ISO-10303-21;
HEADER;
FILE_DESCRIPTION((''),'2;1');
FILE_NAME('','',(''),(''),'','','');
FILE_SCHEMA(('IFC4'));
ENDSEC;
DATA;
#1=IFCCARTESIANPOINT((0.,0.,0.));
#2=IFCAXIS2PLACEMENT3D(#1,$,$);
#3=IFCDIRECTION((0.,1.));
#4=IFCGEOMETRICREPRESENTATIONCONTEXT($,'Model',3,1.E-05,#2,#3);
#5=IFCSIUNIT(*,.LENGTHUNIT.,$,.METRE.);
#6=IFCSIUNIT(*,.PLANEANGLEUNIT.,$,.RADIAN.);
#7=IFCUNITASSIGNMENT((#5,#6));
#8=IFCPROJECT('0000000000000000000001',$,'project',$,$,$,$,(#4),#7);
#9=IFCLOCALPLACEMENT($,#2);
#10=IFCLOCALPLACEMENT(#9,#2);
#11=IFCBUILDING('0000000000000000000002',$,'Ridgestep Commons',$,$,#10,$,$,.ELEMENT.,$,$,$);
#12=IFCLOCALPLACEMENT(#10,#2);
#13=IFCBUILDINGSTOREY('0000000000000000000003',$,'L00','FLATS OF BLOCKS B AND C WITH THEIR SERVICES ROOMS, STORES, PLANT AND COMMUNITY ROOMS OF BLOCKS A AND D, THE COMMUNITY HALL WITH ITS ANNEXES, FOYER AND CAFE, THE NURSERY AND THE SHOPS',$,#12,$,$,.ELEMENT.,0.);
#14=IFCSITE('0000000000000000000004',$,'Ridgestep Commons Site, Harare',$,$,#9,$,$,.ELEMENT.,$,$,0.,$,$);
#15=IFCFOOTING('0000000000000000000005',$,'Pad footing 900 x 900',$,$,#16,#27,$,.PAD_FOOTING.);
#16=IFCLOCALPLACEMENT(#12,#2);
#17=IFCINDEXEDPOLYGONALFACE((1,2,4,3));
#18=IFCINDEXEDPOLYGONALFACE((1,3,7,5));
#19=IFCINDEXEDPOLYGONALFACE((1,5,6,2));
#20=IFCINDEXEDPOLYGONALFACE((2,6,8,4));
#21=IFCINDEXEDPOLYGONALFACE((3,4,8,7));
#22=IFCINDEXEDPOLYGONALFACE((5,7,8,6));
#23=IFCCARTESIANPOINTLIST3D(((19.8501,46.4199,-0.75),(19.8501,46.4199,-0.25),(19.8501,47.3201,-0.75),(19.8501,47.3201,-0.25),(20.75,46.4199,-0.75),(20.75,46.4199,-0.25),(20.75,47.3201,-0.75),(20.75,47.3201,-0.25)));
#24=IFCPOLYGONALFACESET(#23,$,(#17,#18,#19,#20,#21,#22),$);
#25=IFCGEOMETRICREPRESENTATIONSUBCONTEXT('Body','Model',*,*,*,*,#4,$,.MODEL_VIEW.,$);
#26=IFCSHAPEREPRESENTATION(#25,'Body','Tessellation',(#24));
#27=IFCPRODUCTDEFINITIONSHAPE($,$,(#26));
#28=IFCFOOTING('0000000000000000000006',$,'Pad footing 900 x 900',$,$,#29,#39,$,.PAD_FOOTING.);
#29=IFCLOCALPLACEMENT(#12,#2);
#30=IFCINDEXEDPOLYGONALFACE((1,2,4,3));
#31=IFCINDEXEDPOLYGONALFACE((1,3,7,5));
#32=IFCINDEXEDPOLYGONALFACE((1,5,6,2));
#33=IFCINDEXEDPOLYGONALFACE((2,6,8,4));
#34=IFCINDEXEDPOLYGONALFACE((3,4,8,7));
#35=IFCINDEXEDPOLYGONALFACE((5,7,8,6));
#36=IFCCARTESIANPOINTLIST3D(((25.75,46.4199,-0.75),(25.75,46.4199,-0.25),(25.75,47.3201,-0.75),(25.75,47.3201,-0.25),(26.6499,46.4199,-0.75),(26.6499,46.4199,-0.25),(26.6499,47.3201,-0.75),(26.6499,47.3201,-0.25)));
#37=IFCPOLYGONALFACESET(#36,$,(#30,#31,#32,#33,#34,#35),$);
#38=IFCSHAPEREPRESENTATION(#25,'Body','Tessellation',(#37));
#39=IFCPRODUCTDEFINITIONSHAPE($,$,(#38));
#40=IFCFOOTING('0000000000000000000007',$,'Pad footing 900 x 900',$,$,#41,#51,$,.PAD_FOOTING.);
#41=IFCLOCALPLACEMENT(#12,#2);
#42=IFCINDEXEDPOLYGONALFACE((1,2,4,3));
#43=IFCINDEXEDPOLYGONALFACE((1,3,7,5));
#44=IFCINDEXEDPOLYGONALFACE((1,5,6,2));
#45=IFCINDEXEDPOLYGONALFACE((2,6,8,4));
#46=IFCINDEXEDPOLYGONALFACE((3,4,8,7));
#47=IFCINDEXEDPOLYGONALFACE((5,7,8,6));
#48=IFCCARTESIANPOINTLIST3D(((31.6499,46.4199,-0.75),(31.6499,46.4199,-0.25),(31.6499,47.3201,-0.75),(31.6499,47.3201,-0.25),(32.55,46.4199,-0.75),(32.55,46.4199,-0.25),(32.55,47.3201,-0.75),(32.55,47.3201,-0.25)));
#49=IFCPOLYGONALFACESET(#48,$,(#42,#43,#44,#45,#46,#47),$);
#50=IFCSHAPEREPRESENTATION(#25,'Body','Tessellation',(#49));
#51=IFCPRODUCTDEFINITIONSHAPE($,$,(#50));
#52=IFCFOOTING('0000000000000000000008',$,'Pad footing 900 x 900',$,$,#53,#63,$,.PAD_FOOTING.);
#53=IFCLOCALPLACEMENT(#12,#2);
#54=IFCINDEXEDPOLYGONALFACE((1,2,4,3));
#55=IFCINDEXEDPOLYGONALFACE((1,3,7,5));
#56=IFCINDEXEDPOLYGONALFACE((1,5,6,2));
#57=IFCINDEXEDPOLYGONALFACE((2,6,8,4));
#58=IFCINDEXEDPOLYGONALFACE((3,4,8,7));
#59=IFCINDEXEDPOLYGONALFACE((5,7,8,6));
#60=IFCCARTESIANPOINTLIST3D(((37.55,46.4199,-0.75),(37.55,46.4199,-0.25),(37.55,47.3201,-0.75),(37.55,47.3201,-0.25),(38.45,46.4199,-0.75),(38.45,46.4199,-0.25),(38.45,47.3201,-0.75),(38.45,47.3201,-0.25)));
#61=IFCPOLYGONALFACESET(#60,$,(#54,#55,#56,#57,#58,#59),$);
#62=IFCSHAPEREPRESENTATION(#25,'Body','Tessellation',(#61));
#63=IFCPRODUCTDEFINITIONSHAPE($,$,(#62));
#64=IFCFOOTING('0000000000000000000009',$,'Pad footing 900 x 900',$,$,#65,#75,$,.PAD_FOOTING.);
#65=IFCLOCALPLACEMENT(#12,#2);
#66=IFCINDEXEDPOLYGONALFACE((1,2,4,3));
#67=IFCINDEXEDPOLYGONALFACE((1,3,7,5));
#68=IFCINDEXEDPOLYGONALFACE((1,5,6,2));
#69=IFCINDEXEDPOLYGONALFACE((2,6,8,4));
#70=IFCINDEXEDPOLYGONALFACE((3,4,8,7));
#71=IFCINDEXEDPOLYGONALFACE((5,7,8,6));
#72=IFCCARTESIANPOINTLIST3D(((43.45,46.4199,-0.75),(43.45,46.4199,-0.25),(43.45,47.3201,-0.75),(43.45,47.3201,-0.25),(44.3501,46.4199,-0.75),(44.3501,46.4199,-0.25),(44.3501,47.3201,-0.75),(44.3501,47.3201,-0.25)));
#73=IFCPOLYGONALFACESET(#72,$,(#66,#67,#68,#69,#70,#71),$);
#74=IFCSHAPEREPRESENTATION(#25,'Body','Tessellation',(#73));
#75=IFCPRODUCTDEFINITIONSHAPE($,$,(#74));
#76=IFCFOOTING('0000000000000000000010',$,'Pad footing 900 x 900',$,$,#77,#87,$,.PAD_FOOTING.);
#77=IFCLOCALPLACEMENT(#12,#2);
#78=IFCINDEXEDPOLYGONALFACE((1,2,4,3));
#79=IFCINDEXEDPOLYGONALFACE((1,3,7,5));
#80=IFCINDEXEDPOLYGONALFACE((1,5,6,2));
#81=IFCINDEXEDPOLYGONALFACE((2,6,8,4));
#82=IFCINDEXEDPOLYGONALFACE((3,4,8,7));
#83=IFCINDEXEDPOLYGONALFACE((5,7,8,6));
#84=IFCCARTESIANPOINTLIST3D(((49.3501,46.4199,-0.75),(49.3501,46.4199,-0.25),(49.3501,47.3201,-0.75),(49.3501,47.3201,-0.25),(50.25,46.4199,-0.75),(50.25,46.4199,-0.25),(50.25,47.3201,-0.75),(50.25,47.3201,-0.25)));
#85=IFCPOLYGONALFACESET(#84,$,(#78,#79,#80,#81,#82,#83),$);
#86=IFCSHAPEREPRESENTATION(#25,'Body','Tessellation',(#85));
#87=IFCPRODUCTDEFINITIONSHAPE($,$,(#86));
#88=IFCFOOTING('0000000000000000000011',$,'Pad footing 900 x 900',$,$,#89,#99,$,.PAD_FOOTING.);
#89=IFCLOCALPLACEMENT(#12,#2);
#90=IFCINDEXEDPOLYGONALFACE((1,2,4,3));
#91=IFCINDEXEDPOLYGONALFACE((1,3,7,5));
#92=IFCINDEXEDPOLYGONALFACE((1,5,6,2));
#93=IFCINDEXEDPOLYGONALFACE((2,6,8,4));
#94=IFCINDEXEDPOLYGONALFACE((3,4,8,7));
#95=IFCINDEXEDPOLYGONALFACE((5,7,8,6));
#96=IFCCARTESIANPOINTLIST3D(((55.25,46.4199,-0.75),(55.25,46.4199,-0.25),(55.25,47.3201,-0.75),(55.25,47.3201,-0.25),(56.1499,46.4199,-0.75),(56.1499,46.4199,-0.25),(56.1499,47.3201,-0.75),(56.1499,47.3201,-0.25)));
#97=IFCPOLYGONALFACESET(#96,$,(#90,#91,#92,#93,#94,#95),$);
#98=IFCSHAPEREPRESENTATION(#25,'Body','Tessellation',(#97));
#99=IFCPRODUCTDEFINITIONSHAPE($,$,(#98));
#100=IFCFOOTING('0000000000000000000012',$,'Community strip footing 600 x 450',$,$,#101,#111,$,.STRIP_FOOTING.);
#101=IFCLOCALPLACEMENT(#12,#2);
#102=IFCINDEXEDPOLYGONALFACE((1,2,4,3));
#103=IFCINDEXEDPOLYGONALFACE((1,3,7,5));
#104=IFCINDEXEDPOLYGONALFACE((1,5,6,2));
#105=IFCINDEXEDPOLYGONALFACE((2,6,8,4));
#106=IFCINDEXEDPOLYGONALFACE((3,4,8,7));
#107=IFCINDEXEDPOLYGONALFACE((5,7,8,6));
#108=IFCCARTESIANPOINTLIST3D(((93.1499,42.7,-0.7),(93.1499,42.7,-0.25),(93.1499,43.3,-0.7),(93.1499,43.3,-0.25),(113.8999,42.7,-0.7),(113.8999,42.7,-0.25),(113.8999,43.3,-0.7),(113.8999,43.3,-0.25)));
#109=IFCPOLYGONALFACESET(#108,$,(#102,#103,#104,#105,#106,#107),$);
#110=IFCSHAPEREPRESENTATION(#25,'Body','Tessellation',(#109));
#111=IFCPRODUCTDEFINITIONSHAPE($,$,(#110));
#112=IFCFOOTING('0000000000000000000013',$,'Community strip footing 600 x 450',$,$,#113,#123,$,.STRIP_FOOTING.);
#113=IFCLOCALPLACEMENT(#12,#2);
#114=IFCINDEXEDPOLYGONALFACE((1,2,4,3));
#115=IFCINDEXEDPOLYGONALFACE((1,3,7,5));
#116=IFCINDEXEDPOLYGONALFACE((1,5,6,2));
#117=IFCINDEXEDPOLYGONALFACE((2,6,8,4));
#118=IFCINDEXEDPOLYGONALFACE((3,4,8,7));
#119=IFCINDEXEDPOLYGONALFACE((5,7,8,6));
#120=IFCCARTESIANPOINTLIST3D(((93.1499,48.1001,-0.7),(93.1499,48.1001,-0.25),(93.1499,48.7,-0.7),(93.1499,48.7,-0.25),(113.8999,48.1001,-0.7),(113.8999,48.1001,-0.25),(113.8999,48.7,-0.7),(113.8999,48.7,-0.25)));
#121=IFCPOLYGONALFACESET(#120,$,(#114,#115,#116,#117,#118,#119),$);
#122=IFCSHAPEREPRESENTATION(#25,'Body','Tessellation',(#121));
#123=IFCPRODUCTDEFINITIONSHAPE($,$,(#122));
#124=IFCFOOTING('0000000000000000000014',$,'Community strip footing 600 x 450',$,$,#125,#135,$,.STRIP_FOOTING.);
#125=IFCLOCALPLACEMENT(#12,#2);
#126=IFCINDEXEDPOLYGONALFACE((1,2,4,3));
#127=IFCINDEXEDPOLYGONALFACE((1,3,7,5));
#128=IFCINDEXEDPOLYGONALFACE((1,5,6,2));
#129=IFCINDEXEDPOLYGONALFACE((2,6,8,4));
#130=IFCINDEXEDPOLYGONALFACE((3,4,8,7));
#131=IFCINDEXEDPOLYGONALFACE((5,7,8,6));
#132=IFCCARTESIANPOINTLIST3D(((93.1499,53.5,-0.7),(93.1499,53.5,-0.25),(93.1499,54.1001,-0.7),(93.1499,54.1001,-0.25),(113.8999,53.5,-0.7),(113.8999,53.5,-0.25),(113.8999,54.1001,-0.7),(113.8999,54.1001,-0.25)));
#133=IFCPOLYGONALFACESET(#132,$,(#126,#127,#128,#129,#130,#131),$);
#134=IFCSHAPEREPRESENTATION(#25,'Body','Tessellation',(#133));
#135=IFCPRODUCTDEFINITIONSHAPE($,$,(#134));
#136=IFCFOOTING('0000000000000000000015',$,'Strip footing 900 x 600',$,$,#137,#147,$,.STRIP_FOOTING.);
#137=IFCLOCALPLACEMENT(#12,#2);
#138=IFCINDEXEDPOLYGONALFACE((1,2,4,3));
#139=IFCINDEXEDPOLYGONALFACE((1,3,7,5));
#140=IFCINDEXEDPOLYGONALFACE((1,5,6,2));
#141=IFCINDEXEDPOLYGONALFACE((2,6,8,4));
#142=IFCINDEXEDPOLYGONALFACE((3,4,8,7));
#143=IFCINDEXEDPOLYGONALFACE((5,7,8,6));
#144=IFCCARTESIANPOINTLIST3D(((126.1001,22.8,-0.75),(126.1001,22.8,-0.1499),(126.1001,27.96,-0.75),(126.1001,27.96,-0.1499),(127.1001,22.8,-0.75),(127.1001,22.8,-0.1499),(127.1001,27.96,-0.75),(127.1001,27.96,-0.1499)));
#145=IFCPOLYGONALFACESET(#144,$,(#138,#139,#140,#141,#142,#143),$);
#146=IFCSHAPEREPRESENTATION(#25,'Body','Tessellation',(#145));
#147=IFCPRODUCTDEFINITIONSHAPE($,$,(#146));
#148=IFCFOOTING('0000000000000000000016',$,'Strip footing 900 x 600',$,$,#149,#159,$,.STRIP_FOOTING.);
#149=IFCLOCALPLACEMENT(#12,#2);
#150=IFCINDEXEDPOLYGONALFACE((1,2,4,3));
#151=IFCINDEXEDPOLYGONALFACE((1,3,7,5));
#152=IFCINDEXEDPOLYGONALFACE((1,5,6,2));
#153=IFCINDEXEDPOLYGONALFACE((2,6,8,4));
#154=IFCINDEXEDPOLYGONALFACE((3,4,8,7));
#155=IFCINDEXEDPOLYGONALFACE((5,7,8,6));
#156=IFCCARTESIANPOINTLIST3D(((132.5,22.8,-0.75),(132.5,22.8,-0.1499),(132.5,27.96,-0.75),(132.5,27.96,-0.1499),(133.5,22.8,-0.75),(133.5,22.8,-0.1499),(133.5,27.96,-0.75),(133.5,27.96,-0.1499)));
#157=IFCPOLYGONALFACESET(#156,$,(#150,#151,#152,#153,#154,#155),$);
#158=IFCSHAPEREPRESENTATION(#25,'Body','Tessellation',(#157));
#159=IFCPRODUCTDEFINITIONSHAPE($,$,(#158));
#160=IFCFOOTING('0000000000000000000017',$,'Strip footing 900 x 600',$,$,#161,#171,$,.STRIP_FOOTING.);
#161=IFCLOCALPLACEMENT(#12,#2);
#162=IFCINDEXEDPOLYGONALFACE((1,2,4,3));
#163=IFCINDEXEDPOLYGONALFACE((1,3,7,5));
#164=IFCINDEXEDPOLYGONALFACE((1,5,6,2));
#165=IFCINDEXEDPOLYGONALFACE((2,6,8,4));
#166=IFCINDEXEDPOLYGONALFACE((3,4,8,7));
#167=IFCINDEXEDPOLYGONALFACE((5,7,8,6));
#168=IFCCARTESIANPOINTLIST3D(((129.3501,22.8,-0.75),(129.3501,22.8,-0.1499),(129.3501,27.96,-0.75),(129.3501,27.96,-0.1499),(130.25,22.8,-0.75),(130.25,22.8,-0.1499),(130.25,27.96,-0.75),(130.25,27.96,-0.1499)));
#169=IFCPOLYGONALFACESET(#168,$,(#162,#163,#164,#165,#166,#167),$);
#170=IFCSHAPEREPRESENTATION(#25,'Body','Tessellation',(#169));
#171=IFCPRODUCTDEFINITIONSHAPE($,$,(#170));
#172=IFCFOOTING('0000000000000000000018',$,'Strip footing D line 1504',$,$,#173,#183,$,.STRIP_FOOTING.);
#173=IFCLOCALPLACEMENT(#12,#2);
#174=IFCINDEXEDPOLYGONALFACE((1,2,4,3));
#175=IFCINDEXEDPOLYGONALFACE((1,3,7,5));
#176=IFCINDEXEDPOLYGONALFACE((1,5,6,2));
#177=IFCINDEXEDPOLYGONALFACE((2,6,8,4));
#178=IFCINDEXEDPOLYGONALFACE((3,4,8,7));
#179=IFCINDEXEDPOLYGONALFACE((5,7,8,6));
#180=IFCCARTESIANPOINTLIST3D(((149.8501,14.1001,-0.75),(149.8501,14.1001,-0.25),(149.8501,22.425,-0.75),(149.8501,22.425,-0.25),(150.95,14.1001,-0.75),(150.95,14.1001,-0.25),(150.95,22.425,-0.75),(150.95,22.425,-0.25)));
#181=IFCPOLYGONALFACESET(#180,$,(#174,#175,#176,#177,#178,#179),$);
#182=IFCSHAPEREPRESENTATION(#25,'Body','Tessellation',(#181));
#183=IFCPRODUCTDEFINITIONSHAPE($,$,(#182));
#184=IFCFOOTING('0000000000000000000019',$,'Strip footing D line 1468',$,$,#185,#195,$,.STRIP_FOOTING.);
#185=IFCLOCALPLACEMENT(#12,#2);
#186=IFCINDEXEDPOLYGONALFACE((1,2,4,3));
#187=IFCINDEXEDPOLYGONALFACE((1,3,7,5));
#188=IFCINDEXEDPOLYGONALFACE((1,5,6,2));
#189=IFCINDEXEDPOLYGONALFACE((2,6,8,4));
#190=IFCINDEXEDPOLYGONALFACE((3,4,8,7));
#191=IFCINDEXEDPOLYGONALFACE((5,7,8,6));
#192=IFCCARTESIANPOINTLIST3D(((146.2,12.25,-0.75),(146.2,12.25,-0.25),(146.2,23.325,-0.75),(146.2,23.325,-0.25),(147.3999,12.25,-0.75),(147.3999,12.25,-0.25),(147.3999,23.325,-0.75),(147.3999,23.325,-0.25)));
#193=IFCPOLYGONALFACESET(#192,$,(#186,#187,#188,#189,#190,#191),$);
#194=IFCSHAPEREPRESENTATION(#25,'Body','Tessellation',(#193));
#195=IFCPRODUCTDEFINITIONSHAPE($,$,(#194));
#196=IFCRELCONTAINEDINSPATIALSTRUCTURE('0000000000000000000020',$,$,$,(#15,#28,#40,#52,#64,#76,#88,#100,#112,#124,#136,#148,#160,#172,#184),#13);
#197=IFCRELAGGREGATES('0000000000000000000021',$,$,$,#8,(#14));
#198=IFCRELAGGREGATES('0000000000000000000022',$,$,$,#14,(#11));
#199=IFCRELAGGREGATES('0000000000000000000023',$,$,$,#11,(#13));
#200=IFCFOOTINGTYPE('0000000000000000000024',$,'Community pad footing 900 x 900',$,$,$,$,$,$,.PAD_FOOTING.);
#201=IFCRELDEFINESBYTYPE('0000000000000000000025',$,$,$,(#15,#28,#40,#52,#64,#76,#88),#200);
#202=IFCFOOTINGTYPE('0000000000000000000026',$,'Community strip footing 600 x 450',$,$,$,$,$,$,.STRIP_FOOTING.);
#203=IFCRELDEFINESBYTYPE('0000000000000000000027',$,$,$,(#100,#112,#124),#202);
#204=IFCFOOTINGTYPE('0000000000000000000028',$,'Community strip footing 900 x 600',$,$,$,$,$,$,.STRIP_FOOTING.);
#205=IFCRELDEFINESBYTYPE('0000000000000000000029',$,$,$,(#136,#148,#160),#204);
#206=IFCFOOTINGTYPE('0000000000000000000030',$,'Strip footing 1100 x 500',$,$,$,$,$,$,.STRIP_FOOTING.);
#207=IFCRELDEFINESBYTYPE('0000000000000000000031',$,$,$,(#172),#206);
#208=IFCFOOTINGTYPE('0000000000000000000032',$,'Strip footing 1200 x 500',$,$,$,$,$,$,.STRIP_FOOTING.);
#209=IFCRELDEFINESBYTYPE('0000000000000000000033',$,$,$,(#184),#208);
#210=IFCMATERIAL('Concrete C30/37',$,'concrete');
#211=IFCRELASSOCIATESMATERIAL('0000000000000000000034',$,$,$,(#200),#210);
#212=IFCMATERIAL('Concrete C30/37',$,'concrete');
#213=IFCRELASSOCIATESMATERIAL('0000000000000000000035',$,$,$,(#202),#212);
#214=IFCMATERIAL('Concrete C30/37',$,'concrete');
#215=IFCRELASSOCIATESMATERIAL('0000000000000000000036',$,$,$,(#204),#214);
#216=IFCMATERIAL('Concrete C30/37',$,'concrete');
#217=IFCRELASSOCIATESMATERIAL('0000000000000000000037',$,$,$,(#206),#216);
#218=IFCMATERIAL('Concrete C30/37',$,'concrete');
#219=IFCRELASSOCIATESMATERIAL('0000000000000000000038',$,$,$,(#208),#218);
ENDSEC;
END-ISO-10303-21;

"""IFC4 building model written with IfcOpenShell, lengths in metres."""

from ifc_helpers import new_model, si_unit, direction, frame, origin, place, context, subcontext, project, spatial, polyline, outline, extrude, material, type_object, element, save


model = new_model("IFC4")

# Units and contexts
model_context = context("Model", 3, precision=1e-05, world=origin(), true_north=direction((0.0, 1.0)))
body_context = subcontext(model_context, "Body", "Model", "MODEL_VIEW")
ifc_project = project(units=[si_unit("LENGTHUNIT", "METRE"), si_unit("PLANEANGLEUNIT", "RADIAN")], contexts=[model_context])

# Site, building, storey
site_placement = place(None, origin())
site = spatial("IfcSite", under=ifc_project, at=site_placement, Name="Ridgestep Commons Site, Harare", CompositionType="ELEMENT", RefElevation=0.0)
building_placement = place(site_placement, origin())
building = spatial("IfcBuilding", under=site, at=building_placement, Name="Ridgestep Commons", CompositionType="ELEMENT")
storey_placement = place(building_placement, origin())
storey = spatial("IfcBuildingStorey", under=building, at=storey_placement, Name="L00", Description="FLATS OF BLOCKS B AND C WITH THEIR SERVICES ROOMS, STORES, PLANT AND COMMUNITY ROOMS OF BLOCKS A AND D, THE COMMUNITY HALL WITH ITS ANNEXES, FOYER AND CAFE, THE NURSERY AND THE SHOPS", CompositionType="ELEMENT", Elevation=0.0)

# Footings
ifc_material_1 = material(Name="Concrete C30/37", Category="concrete")
footing_type_1 = type_object("IfcFootingType", Name="Community pad footing 900 x 900", PredefinedType="PAD_FOOTING", material=ifc_material_1)
footing_1_placement = place(storey_placement, frame((0.0, 0.0, -0.75)))
element("IfcFooting", 1, at=footing_1_placement, inside=storey, type_object=footing_type_1, Name="Pad footing 900 x 900", PredefinedType="PAD_FOOTING", context=body_context, shape_type="SweptSolid", body=[
    extrude(outline(polyline([(19.8501, 46.4199), (20.75, 46.4199), (20.75, 47.3201), (19.8501, 47.3201), (19.8501, 46.4199)])), origin(), (0.0, 0.0, 1.0), 0.5),
])
footing_2_placement = place(storey_placement, frame((0.0, 0.0, -0.75)))
element("IfcFooting", 2, at=footing_2_placement, inside=storey, type_object=footing_type_1, Name="Pad footing 900 x 900", PredefinedType="PAD_FOOTING", context=body_context, shape_type="SweptSolid", body=[
    extrude(outline(polyline([(25.75, 46.4199), (26.6499, 46.4199), (26.6499, 47.3201), (25.75, 47.3201), (25.75, 46.4199)])), origin(), (0.0, 0.0, 1.0), 0.5),
])
footing_3_placement = place(storey_placement, frame((0.0, 0.0, -0.75)))
element("IfcFooting", 3, at=footing_3_placement, inside=storey, type_object=footing_type_1, Name="Pad footing 900 x 900", PredefinedType="PAD_FOOTING", context=body_context, shape_type="SweptSolid", body=[
    extrude(outline(polyline([(31.6499, 46.4199), (32.55, 46.4199), (32.55, 47.3201), (31.6499, 47.3201), (31.6499, 46.4199)])), origin(), (0.0, 0.0, 1.0), 0.5),
])
footing_4_placement = place(storey_placement, frame((0.0, 0.0, -0.75)))
element("IfcFooting", 4, at=footing_4_placement, inside=storey, type_object=footing_type_1, Name="Pad footing 900 x 900", PredefinedType="PAD_FOOTING", context=body_context, shape_type="SweptSolid", body=[
    extrude(outline(polyline([(37.55, 46.4199), (38.45, 46.4199), (38.45, 47.3201), (37.55, 47.3201), (37.55, 46.4199)])), origin(), (0.0, 0.0, 1.0), 0.5),
])
footing_5_placement = place(storey_placement, frame((0.0, 0.0, -0.75)))
element("IfcFooting", 5, at=footing_5_placement, inside=storey, type_object=footing_type_1, Name="Pad footing 900 x 900", PredefinedType="PAD_FOOTING", context=body_context, shape_type="SweptSolid", body=[
    extrude(outline(polyline([(43.45, 46.4199), (44.3501, 46.4199), (44.3501, 47.3201), (43.45, 47.3201), (43.45, 46.4199)])), origin(), (0.0, 0.0, 1.0), 0.5),
])
footing_6_placement = place(storey_placement, frame((0.0, 0.0, -0.75)))
element("IfcFooting", 6, at=footing_6_placement, inside=storey, type_object=footing_type_1, Name="Pad footing 900 x 900", PredefinedType="PAD_FOOTING", context=body_context, shape_type="SweptSolid", body=[
    extrude(outline(polyline([(49.3501, 46.4199), (50.25, 46.4199), (50.25, 47.3201), (49.3501, 47.3201), (49.3501, 46.4199)])), origin(), (0.0, 0.0, 1.0), 0.5),
])
footing_7_placement = place(storey_placement, frame((0.0, 0.0, -0.75)))
element("IfcFooting", 7, at=footing_7_placement, inside=storey, type_object=footing_type_1, Name="Pad footing 900 x 900", PredefinedType="PAD_FOOTING", context=body_context, shape_type="SweptSolid", body=[
    extrude(outline(polyline([(55.25, 46.4199), (56.1499, 46.4199), (56.1499, 47.3201), (55.25, 47.3201), (55.25, 46.4199)])), origin(), (0.0, 0.0, 1.0), 0.5),
])
ifc_material_2 = material(Name="Concrete C30/37", Category="concrete")
footing_type_2 = type_object("IfcFootingType", Name="Community strip footing 600 x 450", PredefinedType="STRIP_FOOTING", material=ifc_material_2)
footing_8_placement = place(storey_placement, frame((0.0, 0.0, -0.7)))
element("IfcFooting", 8, at=footing_8_placement, inside=storey, type_object=footing_type_2, Name="Community strip footing 600 x 450", PredefinedType="STRIP_FOOTING", context=body_context, shape_type="SweptSolid", body=[
    extrude(outline(polyline([(93.1499, 42.7), (113.8999, 42.7), (113.8999, 43.3), (93.1499, 43.3), (93.1499, 42.7)])), origin(), (0.0, 0.0, 1.0), 0.45),
])
footing_9_placement = place(storey_placement, frame((0.0, 0.0, -0.7)))
element("IfcFooting", 9, at=footing_9_placement, inside=storey, type_object=footing_type_2, Name="Community strip footing 600 x 450", PredefinedType="STRIP_FOOTING", context=body_context, shape_type="SweptSolid", body=[
    extrude(outline(polyline([(93.1499, 48.1001), (113.8999, 48.1001), (113.8999, 48.7), (93.1499, 48.7), (93.1499, 48.1001)])), origin(), (0.0, 0.0, 1.0), 0.45),
])
footing_10_placement = place(storey_placement, frame((0.0, 0.0, -0.7)))
element("IfcFooting", 10, at=footing_10_placement, inside=storey, type_object=footing_type_2, Name="Community strip footing 600 x 450", PredefinedType="STRIP_FOOTING", context=body_context, shape_type="SweptSolid", body=[
    extrude(outline(polyline([(93.1499, 53.5), (113.8999, 53.5), (113.8999, 54.1001), (93.1499, 54.1001), (93.1499, 53.5)])), origin(), (0.0, 0.0, 1.0), 0.45),
])
ifc_material_3 = material(Name="Concrete C30/37", Category="concrete")
footing_type_3 = type_object("IfcFootingType", Name="Community strip footing 900 x 600", PredefinedType="STRIP_FOOTING", material=ifc_material_3)
footing_11_placement = place(storey_placement, frame((0.0, 0.0, -0.75)))
element("IfcFooting", 11, at=footing_11_placement, inside=storey, type_object=footing_type_3, Name="Strip footing 900 x 600", PredefinedType="STRIP_FOOTING", context=body_context, shape_type="SweptSolid", body=[
    extrude(outline(polyline([(126.1001, 22.8), (127.1001, 22.8), (127.1001, 27.96), (126.1001, 27.96), (126.1001, 22.8)])), origin(), (0.0, 0.0, 1.0), 0.6001),
])
footing_12_placement = place(storey_placement, frame((0.0, 0.0, -0.75)))
element("IfcFooting", 12, at=footing_12_placement, inside=storey, type_object=footing_type_3, Name="Strip footing 900 x 600", PredefinedType="STRIP_FOOTING", context=body_context, shape_type="SweptSolid", body=[
    extrude(outline(polyline([(132.5, 22.8), (133.5, 22.8), (133.5, 27.96), (132.5, 27.96), (132.5, 22.8)])), origin(), (0.0, 0.0, 1.0), 0.6001),
])
footing_13_placement = place(storey_placement, frame((0.0, 0.0, -0.75)))
element("IfcFooting", 13, at=footing_13_placement, inside=storey, type_object=footing_type_3, Name="Strip footing 900 x 600", PredefinedType="STRIP_FOOTING", context=body_context, shape_type="SweptSolid", body=[
    extrude(outline(polyline([(129.3501, 22.8), (130.25, 22.8), (130.25, 27.96), (129.3501, 27.96), (129.3501, 22.8)])), origin(), (0.0, 0.0, 1.0), 0.6001),
])
ifc_material_4 = material(Name="Concrete C30/37", Category="concrete")
footing_type_4 = type_object("IfcFootingType", Name="Strip footing 1100 x 500", PredefinedType="STRIP_FOOTING", material=ifc_material_4)
footing_14_placement = place(storey_placement, frame((0.0, 0.0, -0.75)))
element("IfcFooting", 14, at=footing_14_placement, inside=storey, type_object=footing_type_4, Name="Strip footing D line 1504", PredefinedType="STRIP_FOOTING", context=body_context, shape_type="SweptSolid", body=[
    extrude(outline(polyline([(150.95, 14.1001), (150.95, 22.425), (149.8501, 22.425), (149.8501, 14.1001), (150.95, 14.1001)])), origin(), (0.0, 0.0, 1.0), 0.5),
])
ifc_material_5 = material(Name="Concrete C30/37", Category="concrete")
footing_type_5 = type_object("IfcFootingType", Name="Strip footing 1200 x 500", PredefinedType="STRIP_FOOTING", material=ifc_material_5)
footing_15_placement = place(storey_placement, frame((0.0, 0.0, -0.75)))
element("IfcFooting", 15, at=footing_15_placement, inside=storey, type_object=footing_type_5, Name="Strip footing D line 1468", PredefinedType="STRIP_FOOTING", context=body_context, shape_type="SweptSolid", body=[
    extrude(outline(polyline([(147.3999, 12.25), (147.3999, 23.325), (146.2, 23.325), (146.2, 12.25), (147.3999, 12.25)])), origin(), (0.0, 0.0, 1.0), 0.5),
])

save(model, "model.ifc")
